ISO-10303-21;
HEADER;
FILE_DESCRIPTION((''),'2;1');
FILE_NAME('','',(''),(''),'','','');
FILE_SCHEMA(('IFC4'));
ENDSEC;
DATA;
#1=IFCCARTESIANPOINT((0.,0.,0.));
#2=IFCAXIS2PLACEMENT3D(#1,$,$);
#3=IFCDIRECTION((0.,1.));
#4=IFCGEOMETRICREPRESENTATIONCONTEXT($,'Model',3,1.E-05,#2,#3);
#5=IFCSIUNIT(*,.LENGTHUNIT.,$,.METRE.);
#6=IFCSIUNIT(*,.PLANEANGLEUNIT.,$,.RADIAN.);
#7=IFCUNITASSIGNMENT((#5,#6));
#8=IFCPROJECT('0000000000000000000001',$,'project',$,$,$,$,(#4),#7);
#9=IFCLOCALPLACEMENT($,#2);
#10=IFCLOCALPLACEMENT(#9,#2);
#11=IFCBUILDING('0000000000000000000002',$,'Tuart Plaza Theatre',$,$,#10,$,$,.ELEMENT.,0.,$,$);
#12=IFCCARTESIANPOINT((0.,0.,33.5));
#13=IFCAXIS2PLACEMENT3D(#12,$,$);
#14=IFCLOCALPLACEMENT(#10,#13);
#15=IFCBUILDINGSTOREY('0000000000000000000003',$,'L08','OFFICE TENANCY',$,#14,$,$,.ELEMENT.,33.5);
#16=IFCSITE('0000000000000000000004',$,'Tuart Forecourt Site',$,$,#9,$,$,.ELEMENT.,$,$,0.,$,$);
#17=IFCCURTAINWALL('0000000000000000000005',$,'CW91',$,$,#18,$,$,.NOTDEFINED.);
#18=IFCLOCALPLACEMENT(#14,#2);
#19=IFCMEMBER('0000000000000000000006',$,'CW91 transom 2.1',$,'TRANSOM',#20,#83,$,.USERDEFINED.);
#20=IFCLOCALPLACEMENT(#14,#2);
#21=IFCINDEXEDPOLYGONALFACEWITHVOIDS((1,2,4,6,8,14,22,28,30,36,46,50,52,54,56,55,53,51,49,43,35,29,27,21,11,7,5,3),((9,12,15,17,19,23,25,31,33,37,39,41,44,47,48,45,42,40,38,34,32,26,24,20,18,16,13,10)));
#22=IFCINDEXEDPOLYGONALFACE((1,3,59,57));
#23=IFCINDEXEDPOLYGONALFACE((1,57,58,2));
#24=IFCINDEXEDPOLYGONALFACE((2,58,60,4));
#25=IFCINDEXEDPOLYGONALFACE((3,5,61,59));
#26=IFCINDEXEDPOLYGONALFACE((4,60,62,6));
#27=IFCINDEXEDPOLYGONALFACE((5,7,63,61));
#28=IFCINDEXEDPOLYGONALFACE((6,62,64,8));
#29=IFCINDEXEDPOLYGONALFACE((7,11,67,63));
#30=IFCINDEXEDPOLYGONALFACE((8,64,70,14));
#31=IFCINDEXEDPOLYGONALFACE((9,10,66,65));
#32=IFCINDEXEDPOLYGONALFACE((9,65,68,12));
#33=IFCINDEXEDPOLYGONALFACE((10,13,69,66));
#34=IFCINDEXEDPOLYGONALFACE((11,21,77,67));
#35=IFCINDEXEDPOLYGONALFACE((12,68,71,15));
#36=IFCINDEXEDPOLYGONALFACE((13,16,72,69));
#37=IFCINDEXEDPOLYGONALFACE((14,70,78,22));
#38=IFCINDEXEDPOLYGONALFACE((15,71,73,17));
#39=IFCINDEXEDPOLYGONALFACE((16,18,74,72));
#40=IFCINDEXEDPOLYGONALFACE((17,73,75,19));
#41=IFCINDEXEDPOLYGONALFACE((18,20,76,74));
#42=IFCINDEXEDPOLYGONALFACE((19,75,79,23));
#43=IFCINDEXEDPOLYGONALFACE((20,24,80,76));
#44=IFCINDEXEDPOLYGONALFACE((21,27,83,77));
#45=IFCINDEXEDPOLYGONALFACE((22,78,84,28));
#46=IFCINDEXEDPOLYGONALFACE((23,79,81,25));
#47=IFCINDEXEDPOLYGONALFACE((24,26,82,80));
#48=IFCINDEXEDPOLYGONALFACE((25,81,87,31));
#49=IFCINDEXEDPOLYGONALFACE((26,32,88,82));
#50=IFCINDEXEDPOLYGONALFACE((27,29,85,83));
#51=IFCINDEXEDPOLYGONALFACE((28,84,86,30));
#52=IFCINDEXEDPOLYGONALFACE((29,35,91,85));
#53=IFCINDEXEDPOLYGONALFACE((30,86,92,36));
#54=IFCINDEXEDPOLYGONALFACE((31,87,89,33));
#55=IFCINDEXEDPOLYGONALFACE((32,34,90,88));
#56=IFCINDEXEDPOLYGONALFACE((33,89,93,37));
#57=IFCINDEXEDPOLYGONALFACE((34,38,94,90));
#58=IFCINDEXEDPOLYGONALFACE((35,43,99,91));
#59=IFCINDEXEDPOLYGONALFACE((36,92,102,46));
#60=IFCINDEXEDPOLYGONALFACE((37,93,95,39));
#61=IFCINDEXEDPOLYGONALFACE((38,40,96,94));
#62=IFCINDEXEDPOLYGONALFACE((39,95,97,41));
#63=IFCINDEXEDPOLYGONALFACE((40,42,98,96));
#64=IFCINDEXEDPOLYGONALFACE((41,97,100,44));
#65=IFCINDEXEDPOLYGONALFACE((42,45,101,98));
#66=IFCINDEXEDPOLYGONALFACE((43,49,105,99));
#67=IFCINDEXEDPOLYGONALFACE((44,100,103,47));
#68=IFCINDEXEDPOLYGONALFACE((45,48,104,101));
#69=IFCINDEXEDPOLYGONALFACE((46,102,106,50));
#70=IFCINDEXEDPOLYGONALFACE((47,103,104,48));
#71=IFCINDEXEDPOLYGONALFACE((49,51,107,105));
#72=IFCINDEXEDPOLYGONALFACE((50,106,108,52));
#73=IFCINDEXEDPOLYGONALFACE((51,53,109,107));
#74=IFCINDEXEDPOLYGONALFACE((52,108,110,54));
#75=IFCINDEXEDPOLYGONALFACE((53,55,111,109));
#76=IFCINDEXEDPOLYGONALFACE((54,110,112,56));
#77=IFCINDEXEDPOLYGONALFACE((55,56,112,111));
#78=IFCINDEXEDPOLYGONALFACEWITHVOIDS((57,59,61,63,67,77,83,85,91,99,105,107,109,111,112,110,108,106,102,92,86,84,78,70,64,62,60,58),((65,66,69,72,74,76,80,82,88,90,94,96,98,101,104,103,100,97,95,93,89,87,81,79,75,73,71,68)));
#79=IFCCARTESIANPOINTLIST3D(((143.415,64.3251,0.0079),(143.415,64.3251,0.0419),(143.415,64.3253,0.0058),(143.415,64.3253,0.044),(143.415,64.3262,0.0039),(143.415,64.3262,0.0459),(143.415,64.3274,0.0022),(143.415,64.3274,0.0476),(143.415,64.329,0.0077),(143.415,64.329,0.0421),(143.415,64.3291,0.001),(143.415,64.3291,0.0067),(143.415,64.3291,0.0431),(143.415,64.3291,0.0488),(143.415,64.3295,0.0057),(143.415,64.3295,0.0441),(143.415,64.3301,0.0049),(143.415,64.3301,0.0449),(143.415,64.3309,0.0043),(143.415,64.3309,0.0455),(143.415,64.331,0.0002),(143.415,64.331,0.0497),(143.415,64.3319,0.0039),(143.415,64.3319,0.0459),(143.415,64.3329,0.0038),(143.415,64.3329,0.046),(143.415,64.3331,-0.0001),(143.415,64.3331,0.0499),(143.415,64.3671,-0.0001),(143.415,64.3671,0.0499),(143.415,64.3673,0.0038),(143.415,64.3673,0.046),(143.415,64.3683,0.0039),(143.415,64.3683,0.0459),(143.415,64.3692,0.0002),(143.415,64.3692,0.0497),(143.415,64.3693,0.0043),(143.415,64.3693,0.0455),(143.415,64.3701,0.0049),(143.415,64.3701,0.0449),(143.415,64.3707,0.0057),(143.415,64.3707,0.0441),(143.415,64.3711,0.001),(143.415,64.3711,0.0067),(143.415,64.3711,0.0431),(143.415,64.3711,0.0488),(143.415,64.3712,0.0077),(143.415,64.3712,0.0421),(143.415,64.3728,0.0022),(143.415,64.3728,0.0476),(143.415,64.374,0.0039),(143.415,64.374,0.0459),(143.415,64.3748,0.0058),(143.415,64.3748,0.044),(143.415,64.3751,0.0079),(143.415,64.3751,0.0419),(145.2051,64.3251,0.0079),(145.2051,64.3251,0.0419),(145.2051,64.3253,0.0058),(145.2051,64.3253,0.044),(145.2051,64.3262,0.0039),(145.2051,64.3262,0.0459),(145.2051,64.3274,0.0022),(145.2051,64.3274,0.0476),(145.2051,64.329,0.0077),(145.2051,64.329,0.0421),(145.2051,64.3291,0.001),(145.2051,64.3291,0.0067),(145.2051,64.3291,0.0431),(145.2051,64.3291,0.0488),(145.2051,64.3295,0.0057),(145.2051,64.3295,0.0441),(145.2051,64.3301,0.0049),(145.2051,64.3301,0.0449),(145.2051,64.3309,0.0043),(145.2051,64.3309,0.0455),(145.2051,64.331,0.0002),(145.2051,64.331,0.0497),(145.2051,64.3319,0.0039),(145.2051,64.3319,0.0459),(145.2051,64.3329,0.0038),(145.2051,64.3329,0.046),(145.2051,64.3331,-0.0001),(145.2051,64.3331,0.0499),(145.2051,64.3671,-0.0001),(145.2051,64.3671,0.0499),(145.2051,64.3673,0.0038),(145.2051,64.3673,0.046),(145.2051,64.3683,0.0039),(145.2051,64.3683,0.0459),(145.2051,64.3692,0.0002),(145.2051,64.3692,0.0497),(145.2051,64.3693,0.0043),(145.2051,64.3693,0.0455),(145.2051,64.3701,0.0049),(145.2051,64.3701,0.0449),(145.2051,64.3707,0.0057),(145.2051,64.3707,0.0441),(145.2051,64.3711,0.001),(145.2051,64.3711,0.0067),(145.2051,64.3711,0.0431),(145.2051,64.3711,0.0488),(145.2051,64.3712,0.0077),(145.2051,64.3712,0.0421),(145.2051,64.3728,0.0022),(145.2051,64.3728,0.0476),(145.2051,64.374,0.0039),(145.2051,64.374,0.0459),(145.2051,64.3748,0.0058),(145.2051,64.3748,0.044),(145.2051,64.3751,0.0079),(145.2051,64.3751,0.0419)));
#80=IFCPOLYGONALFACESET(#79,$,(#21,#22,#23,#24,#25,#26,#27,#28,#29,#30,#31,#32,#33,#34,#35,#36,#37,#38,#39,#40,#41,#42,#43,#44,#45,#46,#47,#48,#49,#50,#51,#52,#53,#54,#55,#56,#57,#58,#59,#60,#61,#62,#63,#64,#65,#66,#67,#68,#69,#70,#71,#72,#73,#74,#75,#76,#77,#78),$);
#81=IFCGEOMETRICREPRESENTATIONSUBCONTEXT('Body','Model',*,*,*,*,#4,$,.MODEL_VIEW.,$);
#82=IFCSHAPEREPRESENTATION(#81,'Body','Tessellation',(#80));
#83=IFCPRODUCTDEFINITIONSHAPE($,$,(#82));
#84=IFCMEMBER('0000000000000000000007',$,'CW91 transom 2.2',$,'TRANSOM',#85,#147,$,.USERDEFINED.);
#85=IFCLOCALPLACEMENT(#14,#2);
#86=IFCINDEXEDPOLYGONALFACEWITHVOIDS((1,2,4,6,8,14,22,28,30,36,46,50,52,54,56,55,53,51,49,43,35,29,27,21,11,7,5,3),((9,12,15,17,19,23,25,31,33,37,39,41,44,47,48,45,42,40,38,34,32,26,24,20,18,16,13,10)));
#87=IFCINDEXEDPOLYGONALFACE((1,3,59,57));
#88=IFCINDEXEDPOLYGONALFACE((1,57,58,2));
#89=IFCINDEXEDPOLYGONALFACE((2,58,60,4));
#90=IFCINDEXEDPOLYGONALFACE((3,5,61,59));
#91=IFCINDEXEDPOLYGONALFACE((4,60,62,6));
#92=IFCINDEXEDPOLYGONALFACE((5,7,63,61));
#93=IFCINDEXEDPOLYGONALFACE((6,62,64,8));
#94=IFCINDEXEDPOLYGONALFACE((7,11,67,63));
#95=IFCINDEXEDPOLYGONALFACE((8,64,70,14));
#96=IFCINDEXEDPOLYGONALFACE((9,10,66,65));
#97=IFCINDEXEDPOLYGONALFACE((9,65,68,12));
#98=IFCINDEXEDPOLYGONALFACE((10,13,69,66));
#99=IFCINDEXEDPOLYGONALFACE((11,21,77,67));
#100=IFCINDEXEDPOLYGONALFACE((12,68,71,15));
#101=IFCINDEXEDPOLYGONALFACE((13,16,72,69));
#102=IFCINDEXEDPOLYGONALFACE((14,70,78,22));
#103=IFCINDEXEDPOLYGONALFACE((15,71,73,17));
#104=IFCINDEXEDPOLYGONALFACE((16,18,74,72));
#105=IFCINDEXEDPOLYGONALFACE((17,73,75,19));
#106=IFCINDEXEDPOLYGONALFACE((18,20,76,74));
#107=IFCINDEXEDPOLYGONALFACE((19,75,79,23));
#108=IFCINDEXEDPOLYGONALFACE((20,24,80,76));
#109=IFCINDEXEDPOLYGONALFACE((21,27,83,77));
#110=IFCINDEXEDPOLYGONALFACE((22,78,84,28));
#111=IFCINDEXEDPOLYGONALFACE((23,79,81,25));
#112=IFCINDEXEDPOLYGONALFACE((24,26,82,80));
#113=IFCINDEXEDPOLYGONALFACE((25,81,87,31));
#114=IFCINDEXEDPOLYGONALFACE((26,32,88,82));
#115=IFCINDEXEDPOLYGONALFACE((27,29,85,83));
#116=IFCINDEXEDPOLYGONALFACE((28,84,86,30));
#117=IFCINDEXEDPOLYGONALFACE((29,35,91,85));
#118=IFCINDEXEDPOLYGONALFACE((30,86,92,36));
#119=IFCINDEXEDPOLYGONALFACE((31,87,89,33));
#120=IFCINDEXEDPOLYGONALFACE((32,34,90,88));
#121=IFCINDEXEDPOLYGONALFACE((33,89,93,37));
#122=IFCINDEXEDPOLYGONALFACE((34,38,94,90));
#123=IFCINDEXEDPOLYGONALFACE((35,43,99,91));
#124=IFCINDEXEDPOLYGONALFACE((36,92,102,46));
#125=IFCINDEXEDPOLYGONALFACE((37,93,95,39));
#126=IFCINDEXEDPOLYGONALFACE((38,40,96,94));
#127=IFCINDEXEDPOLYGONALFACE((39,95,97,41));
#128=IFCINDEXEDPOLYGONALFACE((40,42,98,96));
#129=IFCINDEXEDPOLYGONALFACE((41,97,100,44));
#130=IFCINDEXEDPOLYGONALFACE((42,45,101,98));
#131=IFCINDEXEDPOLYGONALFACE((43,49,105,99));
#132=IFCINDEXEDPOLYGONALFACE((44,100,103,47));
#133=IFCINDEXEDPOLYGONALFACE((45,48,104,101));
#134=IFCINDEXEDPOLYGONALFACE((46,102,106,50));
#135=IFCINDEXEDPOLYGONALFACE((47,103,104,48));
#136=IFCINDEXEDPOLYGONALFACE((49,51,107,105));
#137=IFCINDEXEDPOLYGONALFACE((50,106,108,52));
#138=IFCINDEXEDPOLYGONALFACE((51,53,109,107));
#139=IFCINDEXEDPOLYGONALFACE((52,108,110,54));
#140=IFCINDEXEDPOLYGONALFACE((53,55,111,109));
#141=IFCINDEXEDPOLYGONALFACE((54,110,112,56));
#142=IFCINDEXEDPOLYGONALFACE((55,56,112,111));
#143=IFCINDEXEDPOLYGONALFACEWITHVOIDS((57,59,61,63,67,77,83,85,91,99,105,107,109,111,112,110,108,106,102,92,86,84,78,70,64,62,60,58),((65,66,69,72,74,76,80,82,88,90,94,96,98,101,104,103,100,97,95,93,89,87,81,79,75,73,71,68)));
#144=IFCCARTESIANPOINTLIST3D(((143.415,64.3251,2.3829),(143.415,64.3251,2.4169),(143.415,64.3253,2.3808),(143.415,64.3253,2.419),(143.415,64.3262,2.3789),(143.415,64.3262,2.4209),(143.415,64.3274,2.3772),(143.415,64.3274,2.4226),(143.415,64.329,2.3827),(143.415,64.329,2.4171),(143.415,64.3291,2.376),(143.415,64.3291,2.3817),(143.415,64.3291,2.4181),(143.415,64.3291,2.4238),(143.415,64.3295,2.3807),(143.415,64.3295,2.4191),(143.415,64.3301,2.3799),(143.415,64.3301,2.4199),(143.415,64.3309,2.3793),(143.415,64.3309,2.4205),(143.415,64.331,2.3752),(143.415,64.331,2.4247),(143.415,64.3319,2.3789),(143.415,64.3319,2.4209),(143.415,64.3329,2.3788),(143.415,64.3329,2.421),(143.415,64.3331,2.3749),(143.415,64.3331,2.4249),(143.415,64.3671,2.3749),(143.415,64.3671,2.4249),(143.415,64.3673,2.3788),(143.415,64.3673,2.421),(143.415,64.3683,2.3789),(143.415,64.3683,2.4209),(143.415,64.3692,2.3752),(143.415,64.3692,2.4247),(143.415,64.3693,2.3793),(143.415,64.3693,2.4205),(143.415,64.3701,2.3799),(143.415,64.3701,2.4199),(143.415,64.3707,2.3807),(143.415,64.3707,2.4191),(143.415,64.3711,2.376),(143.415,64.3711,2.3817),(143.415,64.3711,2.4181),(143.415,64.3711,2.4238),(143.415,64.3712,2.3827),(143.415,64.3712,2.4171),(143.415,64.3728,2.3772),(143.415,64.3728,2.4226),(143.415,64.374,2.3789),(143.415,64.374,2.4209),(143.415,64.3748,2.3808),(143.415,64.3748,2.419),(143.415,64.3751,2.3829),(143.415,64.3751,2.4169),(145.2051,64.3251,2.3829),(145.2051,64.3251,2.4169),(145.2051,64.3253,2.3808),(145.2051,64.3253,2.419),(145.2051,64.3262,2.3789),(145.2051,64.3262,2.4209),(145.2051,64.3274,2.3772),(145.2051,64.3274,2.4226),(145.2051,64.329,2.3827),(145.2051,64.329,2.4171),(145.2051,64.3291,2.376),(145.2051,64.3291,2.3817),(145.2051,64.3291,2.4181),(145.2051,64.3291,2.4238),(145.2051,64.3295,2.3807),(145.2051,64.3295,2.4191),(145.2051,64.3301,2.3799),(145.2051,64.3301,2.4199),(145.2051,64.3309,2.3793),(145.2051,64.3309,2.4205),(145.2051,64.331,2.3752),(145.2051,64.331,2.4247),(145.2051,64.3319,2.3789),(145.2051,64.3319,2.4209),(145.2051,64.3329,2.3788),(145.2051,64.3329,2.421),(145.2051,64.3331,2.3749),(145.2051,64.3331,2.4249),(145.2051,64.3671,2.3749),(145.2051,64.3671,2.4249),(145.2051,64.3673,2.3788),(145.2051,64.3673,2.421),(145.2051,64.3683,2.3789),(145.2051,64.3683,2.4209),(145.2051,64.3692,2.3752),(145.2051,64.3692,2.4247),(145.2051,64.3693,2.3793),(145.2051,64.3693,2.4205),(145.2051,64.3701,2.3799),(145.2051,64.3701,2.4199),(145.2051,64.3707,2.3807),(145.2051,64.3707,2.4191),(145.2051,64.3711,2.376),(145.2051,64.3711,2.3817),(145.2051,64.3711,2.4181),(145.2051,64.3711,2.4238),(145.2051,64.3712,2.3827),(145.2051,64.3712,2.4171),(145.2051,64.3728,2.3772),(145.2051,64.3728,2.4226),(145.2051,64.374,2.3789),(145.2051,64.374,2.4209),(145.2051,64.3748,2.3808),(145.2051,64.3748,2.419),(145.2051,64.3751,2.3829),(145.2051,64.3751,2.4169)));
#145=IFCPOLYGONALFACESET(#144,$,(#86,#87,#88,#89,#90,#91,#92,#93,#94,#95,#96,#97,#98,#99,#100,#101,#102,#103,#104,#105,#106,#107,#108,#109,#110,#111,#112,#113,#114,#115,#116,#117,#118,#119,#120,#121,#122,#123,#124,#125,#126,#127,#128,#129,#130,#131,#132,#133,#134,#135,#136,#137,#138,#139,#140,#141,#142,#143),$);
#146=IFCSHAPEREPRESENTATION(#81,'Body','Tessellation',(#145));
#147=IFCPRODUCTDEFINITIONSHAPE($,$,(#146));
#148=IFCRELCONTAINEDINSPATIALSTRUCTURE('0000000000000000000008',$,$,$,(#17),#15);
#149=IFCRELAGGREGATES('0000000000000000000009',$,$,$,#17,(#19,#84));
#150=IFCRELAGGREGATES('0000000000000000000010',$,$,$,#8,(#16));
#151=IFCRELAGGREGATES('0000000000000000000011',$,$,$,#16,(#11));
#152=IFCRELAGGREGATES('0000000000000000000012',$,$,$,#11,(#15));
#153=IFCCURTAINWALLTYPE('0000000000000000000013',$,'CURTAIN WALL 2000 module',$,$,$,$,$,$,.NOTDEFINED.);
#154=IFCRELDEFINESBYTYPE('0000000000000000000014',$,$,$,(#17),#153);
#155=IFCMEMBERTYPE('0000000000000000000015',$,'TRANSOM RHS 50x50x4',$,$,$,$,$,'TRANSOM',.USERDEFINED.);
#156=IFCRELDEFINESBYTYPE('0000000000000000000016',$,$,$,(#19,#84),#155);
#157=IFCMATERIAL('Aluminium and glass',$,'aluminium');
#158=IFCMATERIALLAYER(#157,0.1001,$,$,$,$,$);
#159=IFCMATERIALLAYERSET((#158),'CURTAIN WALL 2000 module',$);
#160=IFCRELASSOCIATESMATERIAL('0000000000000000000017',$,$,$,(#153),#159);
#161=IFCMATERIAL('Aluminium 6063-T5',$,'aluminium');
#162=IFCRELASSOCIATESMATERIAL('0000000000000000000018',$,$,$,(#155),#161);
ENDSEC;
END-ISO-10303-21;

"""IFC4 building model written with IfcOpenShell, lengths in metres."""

from ifc_helpers import new_model, si_unit, direction, frame, origin, origin_2d, place, context, subcontext, project, spatial, hollow_rectangle, extrude, material, layer, layer_set, material_profile, profile_set, type_object, element, aggregate, save


model = new_model("IFC4")

# Units and contexts
model_context = context("Model", 3, precision=1e-05, world=origin(), true_north=direction((0.0, 1.0)))
body_context = subcontext(model_context, "Body", "Model", "MODEL_VIEW")
ifc_project = project(units=[si_unit("LENGTHUNIT", "METRE"), si_unit("PLANEANGLEUNIT", "RADIAN")], contexts=[model_context])

# Site, building, storey
site_placement = place(None, origin())
site = spatial("IfcSite", under=ifc_project, at=site_placement, Name="Tuart Forecourt Site", CompositionType="ELEMENT", RefElevation=0.0)
building_placement = place(site_placement, origin())
building = spatial("IfcBuilding", under=site, at=building_placement, Name="Tuart Plaza Theatre", CompositionType="ELEMENT", ElevationOfRefHeight=0.0)
storey_placement = place(building_placement, frame((0.0, 0.0, 33.5)))
storey = spatial("IfcBuildingStorey", under=building, at=storey_placement, Name="L08", Description="OFFICE TENANCY", CompositionType="ELEMENT", Elevation=33.5)

# Shared definitions
ifc_material_1 = material(Name="Aluminium and glass", Category="aluminium")
ifc_layer_1 = layer(ifc_material_1, 0.1001)
ifc_layer_set_1 = layer_set([ifc_layer_1], Name="CURTAIN WALL 2000 module")
curtain_wall_type = type_object("IfcCurtainWallType", Name="CURTAIN WALL 2000 module", PredefinedType="NOTDEFINED", material=ifc_layer_set_1)

# Curtain wall, members
curtain_wall_1_placement = place(storey_placement, origin())
curtain_wall_1 = element("IfcCurtainWall", 1, at=curtain_wall_1_placement, inside=storey, type_object=curtain_wall_type, Name="CW91", PredefinedType="NOTDEFINED")
ifc_material_2 = material(Name="Aluminium 6063-T5", Category="aluminium")
ifc_material_profile_1 = material_profile(ifc_material_2, hollow_rectangle(XDim=0.05, YDim=0.05, WallThickness=0.0039, InnerFilletRadius=0.0039, OuterFilletRadius=0.0081, at=origin_2d()), Name="RHS 50x50x4")
ifc_profile_set_1 = profile_set([ifc_material_profile_1], Name="Aluminium 6063-T5")
member_type_1 = type_object("IfcMemberType", Name="TRANSOM RHS 50x50x4", ElementType="TRANSOM", PredefinedType="USERDEFINED", material=ifc_profile_set_1)
member_1_placement = place(storey_placement, frame((143.415, 64.3501, 0.0249), z_axis=(1.0, 0.0, 0.0), x_axis=(0.0, 1.0, 0.0)))
member_1 = element("IfcMember", 2, at=member_1_placement, type_object=member_type_1, Name="CW91 transom 2.1", ObjectType="TRANSOM", PredefinedType="USERDEFINED", context=body_context, shape_type="SweptSolid", body=[
    extrude(hollow_rectangle(XDim=0.05, YDim=0.05, WallThickness=0.0039, InnerFilletRadius=0.0039, OuterFilletRadius=0.0081, at=origin_2d()), origin(), (0.0, 0.0, 1.0), 1.79),
])
member_2_placement = place(storey_placement, frame((143.415, 64.3501, 2.3999), z_axis=(1.0, 0.0, 0.0), x_axis=(0.0, 1.0, 0.0)))
member_2 = element("IfcMember", 3, at=member_2_placement, type_object=member_type_1, Name="CW91 transom 2.2", ObjectType="TRANSOM", PredefinedType="USERDEFINED", context=body_context, shape_type="SweptSolid", body=[
    extrude(hollow_rectangle(XDim=0.05, YDim=0.05, WallThickness=0.0039, InnerFilletRadius=0.0039, OuterFilletRadius=0.0081, at=origin_2d()), origin(), (0.0, 0.0, 1.0), 1.79),
])

aggregate(curtain_wall_1, [member_1, member_2])

save(model, "model.ifc")
